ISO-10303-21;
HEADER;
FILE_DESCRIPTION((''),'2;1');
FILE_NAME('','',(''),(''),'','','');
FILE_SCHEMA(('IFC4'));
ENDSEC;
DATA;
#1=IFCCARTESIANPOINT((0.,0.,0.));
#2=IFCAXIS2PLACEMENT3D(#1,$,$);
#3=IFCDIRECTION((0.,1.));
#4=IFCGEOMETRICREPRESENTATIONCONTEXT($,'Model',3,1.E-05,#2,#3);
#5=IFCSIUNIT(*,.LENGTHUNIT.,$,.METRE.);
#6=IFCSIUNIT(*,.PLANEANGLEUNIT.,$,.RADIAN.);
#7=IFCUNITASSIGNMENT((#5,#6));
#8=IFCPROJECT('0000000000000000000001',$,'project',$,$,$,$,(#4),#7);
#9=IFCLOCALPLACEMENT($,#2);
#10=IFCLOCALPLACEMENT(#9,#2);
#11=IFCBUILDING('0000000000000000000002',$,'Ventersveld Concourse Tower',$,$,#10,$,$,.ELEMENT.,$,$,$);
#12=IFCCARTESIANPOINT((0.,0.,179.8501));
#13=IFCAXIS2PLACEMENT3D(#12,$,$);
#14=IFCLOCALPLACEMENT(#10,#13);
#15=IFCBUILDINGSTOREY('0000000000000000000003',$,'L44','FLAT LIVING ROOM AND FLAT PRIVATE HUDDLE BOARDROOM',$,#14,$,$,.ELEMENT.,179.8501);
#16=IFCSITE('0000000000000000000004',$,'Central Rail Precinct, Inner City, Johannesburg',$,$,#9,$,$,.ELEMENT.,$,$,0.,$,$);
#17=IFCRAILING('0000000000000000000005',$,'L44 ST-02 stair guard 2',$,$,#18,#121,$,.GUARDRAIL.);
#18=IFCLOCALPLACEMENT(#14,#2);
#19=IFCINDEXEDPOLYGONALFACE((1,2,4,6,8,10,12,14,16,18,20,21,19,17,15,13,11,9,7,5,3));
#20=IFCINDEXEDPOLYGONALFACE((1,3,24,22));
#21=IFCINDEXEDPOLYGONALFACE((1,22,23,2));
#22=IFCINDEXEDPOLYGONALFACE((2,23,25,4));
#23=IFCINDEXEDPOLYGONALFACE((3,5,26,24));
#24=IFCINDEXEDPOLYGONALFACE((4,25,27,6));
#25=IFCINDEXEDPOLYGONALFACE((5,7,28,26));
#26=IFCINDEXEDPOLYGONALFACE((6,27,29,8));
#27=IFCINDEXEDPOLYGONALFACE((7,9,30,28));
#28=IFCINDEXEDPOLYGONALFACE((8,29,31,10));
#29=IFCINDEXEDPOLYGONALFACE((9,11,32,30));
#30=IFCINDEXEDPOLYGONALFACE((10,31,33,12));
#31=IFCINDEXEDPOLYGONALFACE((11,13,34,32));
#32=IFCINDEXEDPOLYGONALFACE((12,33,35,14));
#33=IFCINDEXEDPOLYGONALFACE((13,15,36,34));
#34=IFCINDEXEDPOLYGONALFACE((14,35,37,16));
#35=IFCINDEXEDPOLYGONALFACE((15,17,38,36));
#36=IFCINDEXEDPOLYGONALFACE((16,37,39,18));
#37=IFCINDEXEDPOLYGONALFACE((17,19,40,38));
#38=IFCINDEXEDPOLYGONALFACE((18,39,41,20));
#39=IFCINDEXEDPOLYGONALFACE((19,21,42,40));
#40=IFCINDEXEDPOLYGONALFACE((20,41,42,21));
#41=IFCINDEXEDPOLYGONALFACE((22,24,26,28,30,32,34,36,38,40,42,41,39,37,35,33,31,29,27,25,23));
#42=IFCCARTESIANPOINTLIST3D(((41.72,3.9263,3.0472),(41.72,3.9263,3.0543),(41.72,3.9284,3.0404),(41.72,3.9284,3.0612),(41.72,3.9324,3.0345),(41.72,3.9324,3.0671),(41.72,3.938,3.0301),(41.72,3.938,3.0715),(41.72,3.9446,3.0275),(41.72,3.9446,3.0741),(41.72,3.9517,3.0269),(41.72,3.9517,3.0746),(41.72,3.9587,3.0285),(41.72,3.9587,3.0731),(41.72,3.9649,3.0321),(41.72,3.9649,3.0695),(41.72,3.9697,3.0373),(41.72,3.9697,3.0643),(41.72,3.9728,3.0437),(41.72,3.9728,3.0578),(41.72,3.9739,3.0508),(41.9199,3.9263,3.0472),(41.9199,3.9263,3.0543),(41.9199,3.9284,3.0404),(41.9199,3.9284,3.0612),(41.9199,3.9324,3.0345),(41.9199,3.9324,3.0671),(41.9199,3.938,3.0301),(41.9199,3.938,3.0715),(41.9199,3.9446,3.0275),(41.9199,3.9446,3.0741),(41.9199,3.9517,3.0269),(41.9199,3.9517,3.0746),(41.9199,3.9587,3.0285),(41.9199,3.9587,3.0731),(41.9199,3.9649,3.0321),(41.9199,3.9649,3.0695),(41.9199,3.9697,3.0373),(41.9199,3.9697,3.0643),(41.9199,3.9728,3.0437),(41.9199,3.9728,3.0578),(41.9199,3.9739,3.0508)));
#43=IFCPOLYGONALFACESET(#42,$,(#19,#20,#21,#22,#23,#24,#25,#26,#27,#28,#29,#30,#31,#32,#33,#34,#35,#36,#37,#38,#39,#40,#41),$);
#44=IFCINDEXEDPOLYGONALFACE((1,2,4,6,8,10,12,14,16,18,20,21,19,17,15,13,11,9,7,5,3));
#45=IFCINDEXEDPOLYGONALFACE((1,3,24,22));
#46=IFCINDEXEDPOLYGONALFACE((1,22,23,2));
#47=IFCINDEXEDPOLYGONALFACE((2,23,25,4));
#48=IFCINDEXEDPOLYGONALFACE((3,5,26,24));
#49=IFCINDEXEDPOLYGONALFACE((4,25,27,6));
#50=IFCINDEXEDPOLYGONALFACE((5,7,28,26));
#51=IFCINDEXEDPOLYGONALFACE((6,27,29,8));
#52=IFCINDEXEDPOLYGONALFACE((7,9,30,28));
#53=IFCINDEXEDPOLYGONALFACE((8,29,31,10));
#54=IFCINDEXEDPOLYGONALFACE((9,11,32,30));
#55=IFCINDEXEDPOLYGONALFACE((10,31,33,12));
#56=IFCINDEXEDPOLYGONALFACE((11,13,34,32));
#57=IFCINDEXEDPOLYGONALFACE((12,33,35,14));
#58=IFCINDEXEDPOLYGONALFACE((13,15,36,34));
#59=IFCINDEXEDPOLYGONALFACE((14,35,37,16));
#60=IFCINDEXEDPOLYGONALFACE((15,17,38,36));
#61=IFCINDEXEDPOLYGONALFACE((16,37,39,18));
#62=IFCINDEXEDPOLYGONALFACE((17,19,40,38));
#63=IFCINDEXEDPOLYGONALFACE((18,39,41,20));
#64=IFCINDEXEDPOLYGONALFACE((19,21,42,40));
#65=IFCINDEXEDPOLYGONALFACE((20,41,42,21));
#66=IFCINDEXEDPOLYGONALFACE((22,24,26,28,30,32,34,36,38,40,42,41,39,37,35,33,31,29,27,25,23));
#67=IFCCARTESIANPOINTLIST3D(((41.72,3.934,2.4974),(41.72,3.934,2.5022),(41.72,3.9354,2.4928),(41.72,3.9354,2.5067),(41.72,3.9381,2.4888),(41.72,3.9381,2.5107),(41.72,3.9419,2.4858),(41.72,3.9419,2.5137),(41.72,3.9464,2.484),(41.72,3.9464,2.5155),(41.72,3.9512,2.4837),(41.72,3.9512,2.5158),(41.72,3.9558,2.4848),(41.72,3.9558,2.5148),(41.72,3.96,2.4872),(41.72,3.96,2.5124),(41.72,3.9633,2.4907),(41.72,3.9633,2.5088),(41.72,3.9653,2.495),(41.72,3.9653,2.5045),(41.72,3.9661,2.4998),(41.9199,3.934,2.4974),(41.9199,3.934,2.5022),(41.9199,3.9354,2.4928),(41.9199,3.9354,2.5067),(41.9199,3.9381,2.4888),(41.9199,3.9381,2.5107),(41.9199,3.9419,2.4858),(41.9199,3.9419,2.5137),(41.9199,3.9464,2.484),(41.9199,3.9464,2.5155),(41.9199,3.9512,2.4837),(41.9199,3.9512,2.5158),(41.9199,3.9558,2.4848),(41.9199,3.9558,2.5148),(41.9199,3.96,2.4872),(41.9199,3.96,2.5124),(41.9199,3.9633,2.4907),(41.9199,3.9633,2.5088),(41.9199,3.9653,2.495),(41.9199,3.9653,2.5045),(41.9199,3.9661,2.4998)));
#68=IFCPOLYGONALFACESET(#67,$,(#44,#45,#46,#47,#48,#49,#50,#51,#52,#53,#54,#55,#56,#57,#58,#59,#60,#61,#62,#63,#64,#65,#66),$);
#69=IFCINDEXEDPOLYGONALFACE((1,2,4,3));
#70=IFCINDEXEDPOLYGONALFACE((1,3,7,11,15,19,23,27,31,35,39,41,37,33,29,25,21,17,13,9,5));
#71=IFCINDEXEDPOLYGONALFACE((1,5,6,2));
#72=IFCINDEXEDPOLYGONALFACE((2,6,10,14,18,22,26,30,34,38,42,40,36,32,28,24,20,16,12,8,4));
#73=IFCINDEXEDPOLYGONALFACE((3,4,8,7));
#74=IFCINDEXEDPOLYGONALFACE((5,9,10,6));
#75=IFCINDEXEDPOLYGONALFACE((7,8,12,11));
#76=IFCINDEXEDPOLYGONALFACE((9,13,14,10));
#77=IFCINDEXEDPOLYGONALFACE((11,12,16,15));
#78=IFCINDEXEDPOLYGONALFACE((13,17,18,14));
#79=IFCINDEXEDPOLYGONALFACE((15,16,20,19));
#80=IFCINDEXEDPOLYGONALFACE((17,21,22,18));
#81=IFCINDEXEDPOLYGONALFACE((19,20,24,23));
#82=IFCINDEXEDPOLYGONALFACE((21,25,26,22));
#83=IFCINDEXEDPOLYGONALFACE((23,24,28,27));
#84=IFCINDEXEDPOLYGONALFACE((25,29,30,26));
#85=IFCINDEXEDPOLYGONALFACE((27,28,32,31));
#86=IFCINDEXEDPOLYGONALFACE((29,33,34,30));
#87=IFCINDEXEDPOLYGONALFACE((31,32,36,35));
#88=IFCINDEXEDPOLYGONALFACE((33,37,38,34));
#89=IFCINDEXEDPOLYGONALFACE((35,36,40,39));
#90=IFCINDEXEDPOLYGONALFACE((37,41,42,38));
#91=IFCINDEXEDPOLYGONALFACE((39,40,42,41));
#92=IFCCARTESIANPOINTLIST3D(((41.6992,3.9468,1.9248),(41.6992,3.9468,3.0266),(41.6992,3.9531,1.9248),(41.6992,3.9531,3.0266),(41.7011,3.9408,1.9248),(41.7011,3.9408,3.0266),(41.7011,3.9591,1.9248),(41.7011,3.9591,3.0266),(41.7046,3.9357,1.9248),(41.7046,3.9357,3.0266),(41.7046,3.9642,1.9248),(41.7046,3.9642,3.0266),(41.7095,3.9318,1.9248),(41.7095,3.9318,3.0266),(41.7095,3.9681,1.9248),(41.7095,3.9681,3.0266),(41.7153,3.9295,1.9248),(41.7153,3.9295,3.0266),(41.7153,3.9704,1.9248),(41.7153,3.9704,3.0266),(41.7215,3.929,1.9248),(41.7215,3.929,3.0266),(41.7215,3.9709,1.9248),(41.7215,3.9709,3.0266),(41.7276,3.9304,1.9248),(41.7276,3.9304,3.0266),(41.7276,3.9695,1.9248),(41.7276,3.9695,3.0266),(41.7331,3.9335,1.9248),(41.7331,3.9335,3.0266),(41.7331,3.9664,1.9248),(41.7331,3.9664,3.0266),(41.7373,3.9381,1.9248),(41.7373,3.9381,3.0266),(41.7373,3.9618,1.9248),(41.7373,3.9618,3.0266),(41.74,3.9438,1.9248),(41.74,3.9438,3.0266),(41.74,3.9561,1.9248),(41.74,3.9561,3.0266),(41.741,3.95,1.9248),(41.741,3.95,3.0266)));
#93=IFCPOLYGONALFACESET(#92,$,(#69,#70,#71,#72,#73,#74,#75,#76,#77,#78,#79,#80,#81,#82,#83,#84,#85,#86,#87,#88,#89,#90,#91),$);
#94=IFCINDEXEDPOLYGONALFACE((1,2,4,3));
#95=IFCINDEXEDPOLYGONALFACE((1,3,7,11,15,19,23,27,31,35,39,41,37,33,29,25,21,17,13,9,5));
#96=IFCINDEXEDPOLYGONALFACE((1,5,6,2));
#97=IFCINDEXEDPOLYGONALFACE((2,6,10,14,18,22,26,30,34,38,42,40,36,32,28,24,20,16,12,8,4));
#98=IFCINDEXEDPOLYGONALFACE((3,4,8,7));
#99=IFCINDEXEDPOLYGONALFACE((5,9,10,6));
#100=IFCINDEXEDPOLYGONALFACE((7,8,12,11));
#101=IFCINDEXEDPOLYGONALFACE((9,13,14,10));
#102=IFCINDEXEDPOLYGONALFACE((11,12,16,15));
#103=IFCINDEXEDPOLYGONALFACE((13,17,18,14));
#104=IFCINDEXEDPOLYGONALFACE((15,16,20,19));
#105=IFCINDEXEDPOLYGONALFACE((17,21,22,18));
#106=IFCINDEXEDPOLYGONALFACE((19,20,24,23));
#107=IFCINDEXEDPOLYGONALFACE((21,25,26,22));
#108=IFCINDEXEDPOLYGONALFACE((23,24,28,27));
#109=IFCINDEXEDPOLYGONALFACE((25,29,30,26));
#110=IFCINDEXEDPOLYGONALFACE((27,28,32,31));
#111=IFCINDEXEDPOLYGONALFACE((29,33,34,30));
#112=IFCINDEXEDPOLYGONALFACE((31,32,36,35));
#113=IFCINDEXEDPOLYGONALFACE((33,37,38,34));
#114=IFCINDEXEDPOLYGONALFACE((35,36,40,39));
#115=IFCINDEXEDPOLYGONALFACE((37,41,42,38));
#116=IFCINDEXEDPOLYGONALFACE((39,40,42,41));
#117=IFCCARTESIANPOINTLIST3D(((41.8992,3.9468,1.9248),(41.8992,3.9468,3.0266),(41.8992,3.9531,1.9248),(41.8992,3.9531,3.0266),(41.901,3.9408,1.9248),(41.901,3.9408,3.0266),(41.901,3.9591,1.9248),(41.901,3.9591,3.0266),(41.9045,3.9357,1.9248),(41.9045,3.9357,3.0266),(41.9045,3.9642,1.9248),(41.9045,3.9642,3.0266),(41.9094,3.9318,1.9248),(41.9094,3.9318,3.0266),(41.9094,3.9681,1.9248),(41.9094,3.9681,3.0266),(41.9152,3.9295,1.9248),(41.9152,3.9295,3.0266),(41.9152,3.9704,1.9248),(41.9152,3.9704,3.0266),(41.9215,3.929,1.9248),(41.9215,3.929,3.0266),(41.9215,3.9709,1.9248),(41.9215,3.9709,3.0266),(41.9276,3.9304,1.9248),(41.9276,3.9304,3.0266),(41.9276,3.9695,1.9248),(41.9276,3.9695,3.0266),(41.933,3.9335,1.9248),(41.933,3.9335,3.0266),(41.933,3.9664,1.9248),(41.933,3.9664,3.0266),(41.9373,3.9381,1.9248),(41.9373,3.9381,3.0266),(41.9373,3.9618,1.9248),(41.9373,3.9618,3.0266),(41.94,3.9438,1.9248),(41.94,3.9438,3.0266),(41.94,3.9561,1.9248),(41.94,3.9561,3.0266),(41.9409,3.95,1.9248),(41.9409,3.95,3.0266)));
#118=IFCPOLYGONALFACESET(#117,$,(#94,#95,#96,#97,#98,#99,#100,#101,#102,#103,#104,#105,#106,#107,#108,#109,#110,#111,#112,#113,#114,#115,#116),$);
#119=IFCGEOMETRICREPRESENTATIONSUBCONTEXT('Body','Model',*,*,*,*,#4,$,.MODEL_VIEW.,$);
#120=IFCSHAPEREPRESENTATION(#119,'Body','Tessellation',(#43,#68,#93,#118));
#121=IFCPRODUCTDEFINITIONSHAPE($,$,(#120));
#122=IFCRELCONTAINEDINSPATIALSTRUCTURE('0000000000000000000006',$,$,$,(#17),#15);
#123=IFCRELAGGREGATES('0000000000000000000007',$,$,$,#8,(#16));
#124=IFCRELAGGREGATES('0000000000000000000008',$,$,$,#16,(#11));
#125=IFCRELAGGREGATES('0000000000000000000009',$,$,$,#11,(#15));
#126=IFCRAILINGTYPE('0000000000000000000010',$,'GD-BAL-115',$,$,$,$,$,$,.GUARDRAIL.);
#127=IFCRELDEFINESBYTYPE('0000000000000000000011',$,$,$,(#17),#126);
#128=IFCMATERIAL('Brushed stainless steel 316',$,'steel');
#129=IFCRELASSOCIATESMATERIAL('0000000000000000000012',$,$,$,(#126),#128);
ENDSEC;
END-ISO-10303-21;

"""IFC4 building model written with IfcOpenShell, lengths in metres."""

from ifc_helpers import new_model, si_unit, direction, frame, origin, origin_2d, place, context, subcontext, project, spatial, circle, extrude, material, type_object, element, save


model = new_model("IFC4")

# Units and contexts
model_context = context("Model", 3, precision=1e-05, world=origin(), true_north=direction((0.0, 1.0)))
body_context = subcontext(model_context, "Body", "Model", "MODEL_VIEW")
ifc_project = project(units=[si_unit("LENGTHUNIT", "METRE"), si_unit("PLANEANGLEUNIT", "RADIAN")], contexts=[model_context])

# Site, building, storey
site_placement = place(None, origin())
site = spatial("IfcSite", under=ifc_project, at=site_placement, Name="Central Rail Precinct, Inner City, Johannesburg", CompositionType="ELEMENT", RefElevation=0.0)
building_placement = place(site_placement, origin())
building = spatial("IfcBuilding", under=site, at=building_placement, Name="Ventersveld Concourse Tower", CompositionType="ELEMENT")
storey_placement = place(building_placement, frame((0.0, 0.0, 179.8501)))
storey = spatial("IfcBuildingStorey", under=building, at=storey_placement, Name="L44", Description="FLAT LIVING ROOM AND FLAT PRIVATE HUDDLE BOARDROOM", CompositionType="ELEMENT", Elevation=179.8501)

# Shared definitions
ifc_material_1 = material(Name="Brushed stainless steel 316", Category="steel")

# Railing
railing_type_1 = type_object("IfcRailingType", Name="GD-BAL-115", PredefinedType="GUARDRAIL", material=ifc_material_1)
railing_1_placement = place(storey_placement, frame((41.72, 3.95, 1.9248)))
element("IfcRailing", 1, at=railing_1_placement, inside=storey, type_object=railing_type_1, Name="L44 ST-02 stair guard 2", PredefinedType="GUARDRAIL", context=body_context, shape_type="SweptSolid", body=[
    extrude(circle(Radius=0.0239, at=origin_2d()), frame((0.0, 0.0, 1.126), z_axis=(1.0, 0.0, 0.0), x_axis=(0.0, 1.0, 0.0)), (0.0, 0.0, 1.0), 0.2),
    extrude(circle(Radius=0.0161, at=origin_2d()), frame((0.0, 0.0, 0.575), z_axis=(1.0, 0.0, 0.0), x_axis=(0.0, 1.0, 0.0)), (0.0, 0.0, 1.0), 0.2),
    extrude(circle(Radius=0.021, at=origin_2d()), origin(), (0.0, 0.0, 1.0), 1.1018),
    extrude(circle(Radius=0.021, at=origin_2d()), frame((0.2, 0.0, 0.0)), (0.0, 0.0, 1.0), 1.1018),
])

save(model, "model.ifc")
